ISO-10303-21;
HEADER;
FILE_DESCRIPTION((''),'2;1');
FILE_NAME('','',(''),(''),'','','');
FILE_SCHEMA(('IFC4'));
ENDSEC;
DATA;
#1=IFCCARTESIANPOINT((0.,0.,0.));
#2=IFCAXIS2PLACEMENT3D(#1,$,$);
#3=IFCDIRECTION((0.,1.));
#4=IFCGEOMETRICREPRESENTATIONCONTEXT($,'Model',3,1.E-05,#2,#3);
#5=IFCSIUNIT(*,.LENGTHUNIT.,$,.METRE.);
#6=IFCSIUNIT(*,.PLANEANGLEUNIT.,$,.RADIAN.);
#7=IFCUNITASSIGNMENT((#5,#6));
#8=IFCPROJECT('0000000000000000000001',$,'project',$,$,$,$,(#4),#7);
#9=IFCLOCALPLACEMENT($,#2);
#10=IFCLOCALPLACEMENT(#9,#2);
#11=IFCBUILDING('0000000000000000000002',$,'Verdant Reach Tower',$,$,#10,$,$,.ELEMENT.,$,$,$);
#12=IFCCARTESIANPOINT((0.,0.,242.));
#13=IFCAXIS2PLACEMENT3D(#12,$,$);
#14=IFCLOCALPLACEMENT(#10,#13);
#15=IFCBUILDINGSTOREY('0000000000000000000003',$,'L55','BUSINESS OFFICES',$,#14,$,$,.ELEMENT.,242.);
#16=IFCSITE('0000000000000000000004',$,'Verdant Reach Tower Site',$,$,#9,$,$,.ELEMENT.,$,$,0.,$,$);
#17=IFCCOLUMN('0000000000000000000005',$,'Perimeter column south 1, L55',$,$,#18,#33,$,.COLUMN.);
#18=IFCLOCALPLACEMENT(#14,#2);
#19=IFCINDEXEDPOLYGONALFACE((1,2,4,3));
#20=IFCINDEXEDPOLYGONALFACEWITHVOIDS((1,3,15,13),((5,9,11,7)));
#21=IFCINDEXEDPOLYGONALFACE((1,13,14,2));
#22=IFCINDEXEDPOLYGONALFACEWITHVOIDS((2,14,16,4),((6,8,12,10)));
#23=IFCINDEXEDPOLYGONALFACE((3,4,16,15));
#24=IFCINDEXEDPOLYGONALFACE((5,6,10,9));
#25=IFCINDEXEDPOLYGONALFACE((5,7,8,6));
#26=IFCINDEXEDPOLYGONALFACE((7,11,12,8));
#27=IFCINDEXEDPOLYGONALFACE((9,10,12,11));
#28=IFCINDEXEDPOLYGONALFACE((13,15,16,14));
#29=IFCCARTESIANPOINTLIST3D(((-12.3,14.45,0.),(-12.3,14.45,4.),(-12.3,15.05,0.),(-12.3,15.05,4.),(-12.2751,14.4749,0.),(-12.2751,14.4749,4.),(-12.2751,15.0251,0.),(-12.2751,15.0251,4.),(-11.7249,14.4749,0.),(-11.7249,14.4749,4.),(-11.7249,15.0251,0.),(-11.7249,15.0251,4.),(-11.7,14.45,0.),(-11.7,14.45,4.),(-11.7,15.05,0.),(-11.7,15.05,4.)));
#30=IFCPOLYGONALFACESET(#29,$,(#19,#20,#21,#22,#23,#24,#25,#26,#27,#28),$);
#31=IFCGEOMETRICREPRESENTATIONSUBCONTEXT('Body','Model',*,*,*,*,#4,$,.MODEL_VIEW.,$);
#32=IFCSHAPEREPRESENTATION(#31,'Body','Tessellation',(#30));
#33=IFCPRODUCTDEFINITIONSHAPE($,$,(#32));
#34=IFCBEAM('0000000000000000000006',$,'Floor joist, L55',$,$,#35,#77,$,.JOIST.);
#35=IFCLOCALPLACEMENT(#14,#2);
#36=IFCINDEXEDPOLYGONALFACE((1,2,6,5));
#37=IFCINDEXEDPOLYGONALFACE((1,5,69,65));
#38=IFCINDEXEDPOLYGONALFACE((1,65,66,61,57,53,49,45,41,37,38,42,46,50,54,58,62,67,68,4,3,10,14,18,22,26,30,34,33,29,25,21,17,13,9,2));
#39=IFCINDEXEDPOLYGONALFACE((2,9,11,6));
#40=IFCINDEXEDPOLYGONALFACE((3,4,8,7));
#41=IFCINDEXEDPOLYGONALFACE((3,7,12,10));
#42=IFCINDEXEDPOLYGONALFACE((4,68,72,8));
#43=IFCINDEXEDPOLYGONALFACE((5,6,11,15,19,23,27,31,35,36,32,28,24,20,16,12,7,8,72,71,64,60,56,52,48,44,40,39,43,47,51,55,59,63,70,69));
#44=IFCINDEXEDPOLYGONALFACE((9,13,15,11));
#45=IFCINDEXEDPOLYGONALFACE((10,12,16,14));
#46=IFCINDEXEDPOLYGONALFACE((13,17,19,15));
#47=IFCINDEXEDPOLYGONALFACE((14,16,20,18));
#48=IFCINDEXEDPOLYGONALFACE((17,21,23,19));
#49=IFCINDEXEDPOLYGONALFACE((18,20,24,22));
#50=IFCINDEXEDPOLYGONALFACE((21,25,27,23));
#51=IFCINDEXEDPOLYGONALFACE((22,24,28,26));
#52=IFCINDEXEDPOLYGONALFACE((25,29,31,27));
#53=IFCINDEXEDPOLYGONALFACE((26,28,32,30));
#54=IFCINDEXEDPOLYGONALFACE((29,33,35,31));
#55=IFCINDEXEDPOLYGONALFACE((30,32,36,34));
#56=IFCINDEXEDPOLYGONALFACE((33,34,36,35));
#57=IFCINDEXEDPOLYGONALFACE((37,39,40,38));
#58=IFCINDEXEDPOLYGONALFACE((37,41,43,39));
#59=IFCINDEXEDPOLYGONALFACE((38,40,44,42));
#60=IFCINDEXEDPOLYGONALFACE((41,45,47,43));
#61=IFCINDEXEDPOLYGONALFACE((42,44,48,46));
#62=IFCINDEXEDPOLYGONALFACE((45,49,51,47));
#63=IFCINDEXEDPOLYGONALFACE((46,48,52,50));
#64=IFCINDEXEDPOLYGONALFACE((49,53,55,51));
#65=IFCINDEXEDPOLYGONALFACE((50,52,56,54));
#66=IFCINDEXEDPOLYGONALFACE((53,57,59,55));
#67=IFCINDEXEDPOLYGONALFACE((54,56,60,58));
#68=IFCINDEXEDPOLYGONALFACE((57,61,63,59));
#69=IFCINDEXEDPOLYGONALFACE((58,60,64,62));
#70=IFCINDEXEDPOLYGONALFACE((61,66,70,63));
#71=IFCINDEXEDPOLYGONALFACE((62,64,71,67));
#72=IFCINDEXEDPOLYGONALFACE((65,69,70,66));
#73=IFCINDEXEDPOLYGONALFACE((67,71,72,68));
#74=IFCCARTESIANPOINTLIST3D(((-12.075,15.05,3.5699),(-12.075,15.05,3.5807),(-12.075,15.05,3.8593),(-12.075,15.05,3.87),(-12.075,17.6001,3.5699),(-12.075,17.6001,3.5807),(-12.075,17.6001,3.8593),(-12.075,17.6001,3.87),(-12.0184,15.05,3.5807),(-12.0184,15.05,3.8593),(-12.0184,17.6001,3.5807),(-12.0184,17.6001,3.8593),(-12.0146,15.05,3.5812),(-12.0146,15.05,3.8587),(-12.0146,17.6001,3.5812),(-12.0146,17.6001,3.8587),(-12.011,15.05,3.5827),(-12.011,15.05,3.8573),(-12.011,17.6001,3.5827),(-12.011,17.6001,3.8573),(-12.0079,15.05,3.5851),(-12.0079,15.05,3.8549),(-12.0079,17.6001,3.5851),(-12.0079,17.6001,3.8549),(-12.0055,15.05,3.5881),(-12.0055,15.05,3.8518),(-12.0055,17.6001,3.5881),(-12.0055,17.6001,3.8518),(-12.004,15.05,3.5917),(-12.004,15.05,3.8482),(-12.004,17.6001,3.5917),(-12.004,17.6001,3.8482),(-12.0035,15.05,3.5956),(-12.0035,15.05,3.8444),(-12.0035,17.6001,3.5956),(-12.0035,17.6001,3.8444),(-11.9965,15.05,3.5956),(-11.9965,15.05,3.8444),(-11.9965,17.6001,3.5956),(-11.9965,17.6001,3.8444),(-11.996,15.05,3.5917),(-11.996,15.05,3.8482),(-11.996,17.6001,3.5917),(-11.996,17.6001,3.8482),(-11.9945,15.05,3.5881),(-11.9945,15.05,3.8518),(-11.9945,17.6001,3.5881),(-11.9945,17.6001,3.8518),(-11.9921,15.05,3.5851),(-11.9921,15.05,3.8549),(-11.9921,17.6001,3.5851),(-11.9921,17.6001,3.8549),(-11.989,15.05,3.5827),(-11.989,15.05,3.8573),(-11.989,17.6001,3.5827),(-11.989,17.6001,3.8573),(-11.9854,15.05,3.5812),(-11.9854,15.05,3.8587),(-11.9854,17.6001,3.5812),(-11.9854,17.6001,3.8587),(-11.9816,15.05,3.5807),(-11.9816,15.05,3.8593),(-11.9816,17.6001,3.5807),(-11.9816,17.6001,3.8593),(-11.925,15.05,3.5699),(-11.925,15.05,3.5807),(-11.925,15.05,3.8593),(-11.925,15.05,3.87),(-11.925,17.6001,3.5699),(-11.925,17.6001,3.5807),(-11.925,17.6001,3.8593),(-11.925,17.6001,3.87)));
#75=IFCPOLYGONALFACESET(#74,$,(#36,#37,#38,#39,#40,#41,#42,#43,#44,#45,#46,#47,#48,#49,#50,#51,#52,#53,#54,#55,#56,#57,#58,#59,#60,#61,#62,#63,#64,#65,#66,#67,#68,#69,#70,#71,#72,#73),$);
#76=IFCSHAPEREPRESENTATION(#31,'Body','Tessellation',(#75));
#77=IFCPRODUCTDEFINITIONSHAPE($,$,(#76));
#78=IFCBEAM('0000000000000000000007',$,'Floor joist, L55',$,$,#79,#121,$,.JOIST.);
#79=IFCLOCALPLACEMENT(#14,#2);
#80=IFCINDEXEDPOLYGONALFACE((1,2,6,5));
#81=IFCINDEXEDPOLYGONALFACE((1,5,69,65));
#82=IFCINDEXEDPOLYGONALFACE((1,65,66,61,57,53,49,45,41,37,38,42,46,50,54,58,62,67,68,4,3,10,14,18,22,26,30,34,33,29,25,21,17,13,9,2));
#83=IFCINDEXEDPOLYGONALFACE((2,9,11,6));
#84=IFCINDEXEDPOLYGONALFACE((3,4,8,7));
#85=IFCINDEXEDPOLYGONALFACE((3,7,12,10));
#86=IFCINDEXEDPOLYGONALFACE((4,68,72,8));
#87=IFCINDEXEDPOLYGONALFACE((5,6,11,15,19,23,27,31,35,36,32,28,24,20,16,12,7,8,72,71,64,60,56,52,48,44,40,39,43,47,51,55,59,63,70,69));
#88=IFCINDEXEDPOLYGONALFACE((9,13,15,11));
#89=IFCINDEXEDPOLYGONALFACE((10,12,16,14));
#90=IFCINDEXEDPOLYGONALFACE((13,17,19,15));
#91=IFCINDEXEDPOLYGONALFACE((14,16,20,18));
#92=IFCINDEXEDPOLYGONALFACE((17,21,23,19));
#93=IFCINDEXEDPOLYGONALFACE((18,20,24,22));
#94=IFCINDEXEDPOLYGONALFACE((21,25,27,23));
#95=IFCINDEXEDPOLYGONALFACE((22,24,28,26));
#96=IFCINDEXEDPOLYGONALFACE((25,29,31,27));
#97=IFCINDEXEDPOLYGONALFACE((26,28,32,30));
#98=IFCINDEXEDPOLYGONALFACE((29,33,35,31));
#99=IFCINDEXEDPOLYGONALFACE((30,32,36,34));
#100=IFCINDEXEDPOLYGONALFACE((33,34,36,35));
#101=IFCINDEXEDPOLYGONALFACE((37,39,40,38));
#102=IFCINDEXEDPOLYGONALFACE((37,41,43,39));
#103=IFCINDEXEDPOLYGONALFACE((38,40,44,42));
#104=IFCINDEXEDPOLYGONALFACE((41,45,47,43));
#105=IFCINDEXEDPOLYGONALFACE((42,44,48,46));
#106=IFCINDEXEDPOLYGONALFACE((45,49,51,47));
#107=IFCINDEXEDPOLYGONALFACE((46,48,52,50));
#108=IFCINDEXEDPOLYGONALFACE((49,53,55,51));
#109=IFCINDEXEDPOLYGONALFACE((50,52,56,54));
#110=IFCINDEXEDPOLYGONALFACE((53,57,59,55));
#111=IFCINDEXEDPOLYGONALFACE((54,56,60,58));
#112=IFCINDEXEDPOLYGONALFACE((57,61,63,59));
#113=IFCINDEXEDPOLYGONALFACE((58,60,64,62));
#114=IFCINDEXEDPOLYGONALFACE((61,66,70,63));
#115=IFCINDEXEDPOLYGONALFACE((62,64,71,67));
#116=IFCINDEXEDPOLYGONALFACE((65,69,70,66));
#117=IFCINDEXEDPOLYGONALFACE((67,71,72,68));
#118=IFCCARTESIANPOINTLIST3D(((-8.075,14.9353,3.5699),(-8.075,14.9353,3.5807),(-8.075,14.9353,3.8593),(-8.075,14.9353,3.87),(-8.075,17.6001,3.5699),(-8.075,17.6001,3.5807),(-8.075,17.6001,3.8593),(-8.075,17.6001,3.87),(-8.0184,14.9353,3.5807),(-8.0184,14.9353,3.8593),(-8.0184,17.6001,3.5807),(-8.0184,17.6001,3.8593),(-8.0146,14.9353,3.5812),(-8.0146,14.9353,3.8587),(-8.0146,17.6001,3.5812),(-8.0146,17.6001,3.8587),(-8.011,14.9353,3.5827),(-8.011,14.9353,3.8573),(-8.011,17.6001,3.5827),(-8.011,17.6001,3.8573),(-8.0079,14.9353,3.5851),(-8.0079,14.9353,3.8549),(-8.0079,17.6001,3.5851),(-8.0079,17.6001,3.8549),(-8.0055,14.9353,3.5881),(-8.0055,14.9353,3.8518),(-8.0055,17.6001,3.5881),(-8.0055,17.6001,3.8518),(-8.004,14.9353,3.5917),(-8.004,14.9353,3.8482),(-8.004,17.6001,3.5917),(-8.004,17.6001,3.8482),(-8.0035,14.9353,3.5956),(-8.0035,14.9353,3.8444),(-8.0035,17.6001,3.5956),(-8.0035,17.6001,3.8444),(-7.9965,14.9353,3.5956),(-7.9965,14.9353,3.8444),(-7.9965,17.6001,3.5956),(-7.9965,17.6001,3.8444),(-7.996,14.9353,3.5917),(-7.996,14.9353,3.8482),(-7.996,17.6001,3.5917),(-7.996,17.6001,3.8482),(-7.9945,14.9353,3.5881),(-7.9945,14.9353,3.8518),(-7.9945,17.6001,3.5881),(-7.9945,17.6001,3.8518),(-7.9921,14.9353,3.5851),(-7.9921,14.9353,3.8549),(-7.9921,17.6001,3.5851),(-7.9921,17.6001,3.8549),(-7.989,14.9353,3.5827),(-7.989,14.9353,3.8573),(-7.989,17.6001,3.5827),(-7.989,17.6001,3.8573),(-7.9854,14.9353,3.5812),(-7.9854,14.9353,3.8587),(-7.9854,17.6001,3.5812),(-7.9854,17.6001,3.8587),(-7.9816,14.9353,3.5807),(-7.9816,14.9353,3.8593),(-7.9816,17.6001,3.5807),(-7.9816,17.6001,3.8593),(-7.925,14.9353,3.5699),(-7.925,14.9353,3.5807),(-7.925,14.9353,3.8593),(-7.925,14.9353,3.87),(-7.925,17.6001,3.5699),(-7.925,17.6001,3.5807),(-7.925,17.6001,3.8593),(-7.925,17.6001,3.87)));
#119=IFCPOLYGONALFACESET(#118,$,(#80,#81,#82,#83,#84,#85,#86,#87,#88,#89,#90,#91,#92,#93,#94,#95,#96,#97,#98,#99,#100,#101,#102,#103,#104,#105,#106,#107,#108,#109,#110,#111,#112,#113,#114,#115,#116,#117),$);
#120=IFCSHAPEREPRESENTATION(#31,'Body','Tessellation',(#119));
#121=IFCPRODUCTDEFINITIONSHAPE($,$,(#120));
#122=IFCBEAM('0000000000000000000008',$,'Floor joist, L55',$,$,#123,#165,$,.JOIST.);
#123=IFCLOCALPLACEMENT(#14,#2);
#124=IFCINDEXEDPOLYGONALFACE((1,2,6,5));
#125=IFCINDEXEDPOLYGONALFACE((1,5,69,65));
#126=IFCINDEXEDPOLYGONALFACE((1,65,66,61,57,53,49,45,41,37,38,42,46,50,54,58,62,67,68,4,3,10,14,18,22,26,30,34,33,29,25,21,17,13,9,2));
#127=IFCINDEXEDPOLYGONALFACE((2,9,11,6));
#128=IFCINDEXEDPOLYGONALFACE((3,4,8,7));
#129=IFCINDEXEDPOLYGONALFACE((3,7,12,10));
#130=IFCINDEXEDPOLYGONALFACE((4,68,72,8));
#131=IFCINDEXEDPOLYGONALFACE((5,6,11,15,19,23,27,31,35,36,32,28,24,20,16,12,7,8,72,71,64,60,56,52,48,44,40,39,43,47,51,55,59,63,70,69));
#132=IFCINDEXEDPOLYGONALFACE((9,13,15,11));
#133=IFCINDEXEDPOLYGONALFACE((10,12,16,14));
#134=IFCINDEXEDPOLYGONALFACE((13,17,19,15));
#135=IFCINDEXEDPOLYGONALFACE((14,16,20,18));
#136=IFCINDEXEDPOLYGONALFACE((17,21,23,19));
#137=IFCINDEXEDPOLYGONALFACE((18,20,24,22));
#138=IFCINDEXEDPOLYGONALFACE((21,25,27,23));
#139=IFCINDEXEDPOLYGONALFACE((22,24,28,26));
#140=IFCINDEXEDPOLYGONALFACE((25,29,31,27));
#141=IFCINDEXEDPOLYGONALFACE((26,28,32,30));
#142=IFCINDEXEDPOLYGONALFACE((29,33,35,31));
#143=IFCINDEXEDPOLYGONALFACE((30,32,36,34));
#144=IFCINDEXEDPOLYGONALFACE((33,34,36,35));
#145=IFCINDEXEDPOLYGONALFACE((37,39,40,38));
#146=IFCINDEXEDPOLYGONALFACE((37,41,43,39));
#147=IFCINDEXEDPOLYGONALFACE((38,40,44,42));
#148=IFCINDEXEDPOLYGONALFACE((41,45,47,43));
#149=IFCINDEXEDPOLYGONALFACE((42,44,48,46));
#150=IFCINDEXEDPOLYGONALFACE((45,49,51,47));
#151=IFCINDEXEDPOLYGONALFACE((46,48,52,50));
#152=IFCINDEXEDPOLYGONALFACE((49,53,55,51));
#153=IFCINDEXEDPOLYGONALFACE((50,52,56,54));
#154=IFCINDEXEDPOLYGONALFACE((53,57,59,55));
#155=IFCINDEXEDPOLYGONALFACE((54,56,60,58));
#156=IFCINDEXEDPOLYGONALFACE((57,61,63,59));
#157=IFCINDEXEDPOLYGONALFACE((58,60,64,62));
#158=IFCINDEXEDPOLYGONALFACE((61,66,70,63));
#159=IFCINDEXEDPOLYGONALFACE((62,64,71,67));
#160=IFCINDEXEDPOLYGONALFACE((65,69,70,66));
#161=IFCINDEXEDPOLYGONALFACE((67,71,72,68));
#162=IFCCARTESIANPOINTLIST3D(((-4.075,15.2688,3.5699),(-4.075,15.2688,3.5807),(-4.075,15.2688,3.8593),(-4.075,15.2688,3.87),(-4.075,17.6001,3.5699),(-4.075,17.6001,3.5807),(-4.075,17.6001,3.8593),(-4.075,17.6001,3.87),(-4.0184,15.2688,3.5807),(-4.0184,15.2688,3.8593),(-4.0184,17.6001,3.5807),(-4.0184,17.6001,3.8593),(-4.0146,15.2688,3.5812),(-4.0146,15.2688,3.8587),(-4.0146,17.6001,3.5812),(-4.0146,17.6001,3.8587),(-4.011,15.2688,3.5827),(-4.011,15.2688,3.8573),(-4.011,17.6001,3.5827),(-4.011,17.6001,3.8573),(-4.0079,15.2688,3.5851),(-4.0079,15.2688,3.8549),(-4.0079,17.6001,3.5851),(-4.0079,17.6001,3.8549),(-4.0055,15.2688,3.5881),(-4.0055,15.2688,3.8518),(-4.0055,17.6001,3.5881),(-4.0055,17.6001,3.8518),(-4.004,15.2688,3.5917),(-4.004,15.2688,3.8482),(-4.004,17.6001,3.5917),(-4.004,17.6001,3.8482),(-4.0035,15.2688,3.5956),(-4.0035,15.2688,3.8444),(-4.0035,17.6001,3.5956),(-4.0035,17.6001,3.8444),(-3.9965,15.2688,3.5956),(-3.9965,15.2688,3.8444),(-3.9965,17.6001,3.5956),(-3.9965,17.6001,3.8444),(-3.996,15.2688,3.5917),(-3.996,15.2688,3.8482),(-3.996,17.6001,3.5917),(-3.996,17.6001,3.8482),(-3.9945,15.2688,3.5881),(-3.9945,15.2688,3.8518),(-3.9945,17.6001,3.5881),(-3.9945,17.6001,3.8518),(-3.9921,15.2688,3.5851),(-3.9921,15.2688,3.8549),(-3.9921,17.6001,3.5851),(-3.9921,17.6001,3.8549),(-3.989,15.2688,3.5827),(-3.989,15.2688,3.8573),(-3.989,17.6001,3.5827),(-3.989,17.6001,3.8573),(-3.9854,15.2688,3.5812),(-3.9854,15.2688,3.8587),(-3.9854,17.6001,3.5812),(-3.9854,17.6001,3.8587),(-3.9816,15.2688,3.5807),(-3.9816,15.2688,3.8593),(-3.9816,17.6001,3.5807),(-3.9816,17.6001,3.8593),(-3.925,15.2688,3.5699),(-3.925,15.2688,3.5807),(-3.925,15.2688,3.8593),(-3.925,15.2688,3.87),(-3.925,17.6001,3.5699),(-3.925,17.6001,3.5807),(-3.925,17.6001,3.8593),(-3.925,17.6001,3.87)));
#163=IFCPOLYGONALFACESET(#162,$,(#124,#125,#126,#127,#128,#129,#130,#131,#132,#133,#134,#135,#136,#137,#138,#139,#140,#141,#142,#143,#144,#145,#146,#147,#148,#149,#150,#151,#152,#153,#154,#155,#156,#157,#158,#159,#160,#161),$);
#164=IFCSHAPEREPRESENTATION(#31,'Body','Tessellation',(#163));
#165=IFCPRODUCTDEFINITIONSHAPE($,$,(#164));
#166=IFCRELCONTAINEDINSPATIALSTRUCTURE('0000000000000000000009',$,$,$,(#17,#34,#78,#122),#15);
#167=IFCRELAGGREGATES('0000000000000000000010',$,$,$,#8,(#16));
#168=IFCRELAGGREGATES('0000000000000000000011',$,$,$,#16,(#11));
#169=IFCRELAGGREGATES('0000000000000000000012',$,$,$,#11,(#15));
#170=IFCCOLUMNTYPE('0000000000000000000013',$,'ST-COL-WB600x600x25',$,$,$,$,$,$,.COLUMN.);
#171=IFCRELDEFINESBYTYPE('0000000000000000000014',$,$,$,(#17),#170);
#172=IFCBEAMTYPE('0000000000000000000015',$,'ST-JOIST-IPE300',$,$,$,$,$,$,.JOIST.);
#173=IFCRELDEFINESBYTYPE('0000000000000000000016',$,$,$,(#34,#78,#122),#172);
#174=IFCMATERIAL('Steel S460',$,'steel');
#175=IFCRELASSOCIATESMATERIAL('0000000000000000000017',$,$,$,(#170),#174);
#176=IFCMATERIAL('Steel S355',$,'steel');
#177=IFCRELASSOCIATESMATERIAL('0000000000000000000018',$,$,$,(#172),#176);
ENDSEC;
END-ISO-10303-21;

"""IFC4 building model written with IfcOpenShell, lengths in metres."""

from ifc_helpers import new_model, si_unit, direction, frame, origin, origin_2d, place, context, subcontext, project, spatial, hollow_rectangle, i_section, extrude, material, material_profile, profile_set, type_object, element, save


model = new_model("IFC4")

# Units and contexts
model_context = context("Model", 3, precision=1e-05, world=origin(), true_north=direction((0.0, 1.0)))
body_context = subcontext(model_context, "Body", "Model", "MODEL_VIEW")
ifc_project = project(units=[si_unit("LENGTHUNIT", "METRE"), si_unit("PLANEANGLEUNIT", "RADIAN")], contexts=[model_context])

# Site, building, storey
site_placement = place(None, origin())
site = spatial("IfcSite", under=ifc_project, at=site_placement, Name="Verdant Reach Tower Site", CompositionType="ELEMENT", RefElevation=0.0)
building_placement = place(site_placement, origin())
building = spatial("IfcBuilding", under=site, at=building_placement, Name="Verdant Reach Tower", CompositionType="ELEMENT")
storey_placement = place(building_placement, frame((0.0, 0.0, 242.0)))
storey = spatial("IfcBuildingStorey", under=building, at=storey_placement, Name="L55", Description="BUSINESS OFFICES", CompositionType="ELEMENT", Elevation=242.0)

# Column
ifc_material_1 = material(Name="Steel S460", Category="steel")
ifc_material_profile_1 = material_profile(ifc_material_1, hollow_rectangle(XDim=0.6001, YDim=0.6001, WallThickness=0.0249, at=origin_2d()), Name="WB 600x600x25")
ifc_profile_set_1 = profile_set([ifc_material_profile_1], Name="Steel S460")
column_type = type_object("IfcColumnType", Name="ST-COL-WB600x600x25", PredefinedType="COLUMN", material=ifc_profile_set_1)
column_placement = place(storey_placement, frame((-12.0, 14.75, 0.0), z_axis=(0.0, 0.0, 1.0), x_axis=(1.0, 0.0, 0.0)))
element("IfcColumn", 1, at=column_placement, inside=storey, type_object=column_type, Name="Perimeter column south 1, L55", PredefinedType="COLUMN", context=body_context, shape_type="SweptSolid", body=[
    extrude(hollow_rectangle(XDim=0.6001, YDim=0.6001, WallThickness=0.0249, at=origin_2d()), origin(), (0.0, 0.0, 1.0), 4.0),
])

# Beams
ifc_material_2 = material(Name="Steel S355", Category="steel")
ifc_material_profile_2 = material_profile(ifc_material_2, i_section(OverallWidth=0.1499, OverallDepth=0.3, WebThickness=0.0071, FlangeThickness=0.0107, FilletRadius=0.0149, at=origin_2d()), Name="IPE 300")
ifc_profile_set_2 = profile_set([ifc_material_profile_2], Name="Steel S355")
beam_type_1 = type_object("IfcBeamType", Name="ST-JOIST-IPE300", PredefinedType="JOIST", material=ifc_profile_set_2)
beam_1_placement = place(storey_placement, frame((-12.0, 17.6001, 3.72), z_axis=(0.0, -1.0, 0.0), x_axis=(1.0, 0.0, 0.0)))
element("IfcBeam", 2, at=beam_1_placement, inside=storey, type_object=beam_type_1, Name="Floor joist, L55", PredefinedType="JOIST", context=body_context, shape_type="SweptSolid", body=[
    extrude(i_section(OverallWidth=0.1499, OverallDepth=0.3, WebThickness=0.0071, FlangeThickness=0.0107, FilletRadius=0.0149, at=origin_2d()), origin(), (0.0, 0.0, 1.0), 2.55),
])
beam_2_placement = place(storey_placement, frame((-8.0, 17.6001, 3.72), z_axis=(0.0, -1.0, 0.0), x_axis=(1.0, 0.0, 0.0)))
element("IfcBeam", 3, at=beam_2_placement, inside=storey, type_object=beam_type_1, Name="Floor joist, L55", PredefinedType="JOIST", context=body_context, shape_type="SweptSolid", body=[
    extrude(i_section(OverallWidth=0.1499, OverallDepth=0.3, WebThickness=0.0071, FlangeThickness=0.0107, FilletRadius=0.0149, at=origin_2d()), origin(), (0.0, 0.0, 1.0), 2.6648),
])
beam_3_placement = place(storey_placement, frame((-4.0, 17.6001, 3.72), z_axis=(0.0, -1.0, 0.0), x_axis=(1.0, 0.0, 0.0)))
element("IfcBeam", 4, at=beam_3_placement, inside=storey, type_object=beam_type_1, Name="Floor joist, L55", PredefinedType="JOIST", context=body_context, shape_type="SweptSolid", body=[
    extrude(i_section(OverallWidth=0.1499, OverallDepth=0.3, WebThickness=0.0071, FlangeThickness=0.0107, FilletRadius=0.0149, at=origin_2d()), origin(), (0.0, 0.0, 1.0), 2.3313),
])

save(model, "model.ifc")
